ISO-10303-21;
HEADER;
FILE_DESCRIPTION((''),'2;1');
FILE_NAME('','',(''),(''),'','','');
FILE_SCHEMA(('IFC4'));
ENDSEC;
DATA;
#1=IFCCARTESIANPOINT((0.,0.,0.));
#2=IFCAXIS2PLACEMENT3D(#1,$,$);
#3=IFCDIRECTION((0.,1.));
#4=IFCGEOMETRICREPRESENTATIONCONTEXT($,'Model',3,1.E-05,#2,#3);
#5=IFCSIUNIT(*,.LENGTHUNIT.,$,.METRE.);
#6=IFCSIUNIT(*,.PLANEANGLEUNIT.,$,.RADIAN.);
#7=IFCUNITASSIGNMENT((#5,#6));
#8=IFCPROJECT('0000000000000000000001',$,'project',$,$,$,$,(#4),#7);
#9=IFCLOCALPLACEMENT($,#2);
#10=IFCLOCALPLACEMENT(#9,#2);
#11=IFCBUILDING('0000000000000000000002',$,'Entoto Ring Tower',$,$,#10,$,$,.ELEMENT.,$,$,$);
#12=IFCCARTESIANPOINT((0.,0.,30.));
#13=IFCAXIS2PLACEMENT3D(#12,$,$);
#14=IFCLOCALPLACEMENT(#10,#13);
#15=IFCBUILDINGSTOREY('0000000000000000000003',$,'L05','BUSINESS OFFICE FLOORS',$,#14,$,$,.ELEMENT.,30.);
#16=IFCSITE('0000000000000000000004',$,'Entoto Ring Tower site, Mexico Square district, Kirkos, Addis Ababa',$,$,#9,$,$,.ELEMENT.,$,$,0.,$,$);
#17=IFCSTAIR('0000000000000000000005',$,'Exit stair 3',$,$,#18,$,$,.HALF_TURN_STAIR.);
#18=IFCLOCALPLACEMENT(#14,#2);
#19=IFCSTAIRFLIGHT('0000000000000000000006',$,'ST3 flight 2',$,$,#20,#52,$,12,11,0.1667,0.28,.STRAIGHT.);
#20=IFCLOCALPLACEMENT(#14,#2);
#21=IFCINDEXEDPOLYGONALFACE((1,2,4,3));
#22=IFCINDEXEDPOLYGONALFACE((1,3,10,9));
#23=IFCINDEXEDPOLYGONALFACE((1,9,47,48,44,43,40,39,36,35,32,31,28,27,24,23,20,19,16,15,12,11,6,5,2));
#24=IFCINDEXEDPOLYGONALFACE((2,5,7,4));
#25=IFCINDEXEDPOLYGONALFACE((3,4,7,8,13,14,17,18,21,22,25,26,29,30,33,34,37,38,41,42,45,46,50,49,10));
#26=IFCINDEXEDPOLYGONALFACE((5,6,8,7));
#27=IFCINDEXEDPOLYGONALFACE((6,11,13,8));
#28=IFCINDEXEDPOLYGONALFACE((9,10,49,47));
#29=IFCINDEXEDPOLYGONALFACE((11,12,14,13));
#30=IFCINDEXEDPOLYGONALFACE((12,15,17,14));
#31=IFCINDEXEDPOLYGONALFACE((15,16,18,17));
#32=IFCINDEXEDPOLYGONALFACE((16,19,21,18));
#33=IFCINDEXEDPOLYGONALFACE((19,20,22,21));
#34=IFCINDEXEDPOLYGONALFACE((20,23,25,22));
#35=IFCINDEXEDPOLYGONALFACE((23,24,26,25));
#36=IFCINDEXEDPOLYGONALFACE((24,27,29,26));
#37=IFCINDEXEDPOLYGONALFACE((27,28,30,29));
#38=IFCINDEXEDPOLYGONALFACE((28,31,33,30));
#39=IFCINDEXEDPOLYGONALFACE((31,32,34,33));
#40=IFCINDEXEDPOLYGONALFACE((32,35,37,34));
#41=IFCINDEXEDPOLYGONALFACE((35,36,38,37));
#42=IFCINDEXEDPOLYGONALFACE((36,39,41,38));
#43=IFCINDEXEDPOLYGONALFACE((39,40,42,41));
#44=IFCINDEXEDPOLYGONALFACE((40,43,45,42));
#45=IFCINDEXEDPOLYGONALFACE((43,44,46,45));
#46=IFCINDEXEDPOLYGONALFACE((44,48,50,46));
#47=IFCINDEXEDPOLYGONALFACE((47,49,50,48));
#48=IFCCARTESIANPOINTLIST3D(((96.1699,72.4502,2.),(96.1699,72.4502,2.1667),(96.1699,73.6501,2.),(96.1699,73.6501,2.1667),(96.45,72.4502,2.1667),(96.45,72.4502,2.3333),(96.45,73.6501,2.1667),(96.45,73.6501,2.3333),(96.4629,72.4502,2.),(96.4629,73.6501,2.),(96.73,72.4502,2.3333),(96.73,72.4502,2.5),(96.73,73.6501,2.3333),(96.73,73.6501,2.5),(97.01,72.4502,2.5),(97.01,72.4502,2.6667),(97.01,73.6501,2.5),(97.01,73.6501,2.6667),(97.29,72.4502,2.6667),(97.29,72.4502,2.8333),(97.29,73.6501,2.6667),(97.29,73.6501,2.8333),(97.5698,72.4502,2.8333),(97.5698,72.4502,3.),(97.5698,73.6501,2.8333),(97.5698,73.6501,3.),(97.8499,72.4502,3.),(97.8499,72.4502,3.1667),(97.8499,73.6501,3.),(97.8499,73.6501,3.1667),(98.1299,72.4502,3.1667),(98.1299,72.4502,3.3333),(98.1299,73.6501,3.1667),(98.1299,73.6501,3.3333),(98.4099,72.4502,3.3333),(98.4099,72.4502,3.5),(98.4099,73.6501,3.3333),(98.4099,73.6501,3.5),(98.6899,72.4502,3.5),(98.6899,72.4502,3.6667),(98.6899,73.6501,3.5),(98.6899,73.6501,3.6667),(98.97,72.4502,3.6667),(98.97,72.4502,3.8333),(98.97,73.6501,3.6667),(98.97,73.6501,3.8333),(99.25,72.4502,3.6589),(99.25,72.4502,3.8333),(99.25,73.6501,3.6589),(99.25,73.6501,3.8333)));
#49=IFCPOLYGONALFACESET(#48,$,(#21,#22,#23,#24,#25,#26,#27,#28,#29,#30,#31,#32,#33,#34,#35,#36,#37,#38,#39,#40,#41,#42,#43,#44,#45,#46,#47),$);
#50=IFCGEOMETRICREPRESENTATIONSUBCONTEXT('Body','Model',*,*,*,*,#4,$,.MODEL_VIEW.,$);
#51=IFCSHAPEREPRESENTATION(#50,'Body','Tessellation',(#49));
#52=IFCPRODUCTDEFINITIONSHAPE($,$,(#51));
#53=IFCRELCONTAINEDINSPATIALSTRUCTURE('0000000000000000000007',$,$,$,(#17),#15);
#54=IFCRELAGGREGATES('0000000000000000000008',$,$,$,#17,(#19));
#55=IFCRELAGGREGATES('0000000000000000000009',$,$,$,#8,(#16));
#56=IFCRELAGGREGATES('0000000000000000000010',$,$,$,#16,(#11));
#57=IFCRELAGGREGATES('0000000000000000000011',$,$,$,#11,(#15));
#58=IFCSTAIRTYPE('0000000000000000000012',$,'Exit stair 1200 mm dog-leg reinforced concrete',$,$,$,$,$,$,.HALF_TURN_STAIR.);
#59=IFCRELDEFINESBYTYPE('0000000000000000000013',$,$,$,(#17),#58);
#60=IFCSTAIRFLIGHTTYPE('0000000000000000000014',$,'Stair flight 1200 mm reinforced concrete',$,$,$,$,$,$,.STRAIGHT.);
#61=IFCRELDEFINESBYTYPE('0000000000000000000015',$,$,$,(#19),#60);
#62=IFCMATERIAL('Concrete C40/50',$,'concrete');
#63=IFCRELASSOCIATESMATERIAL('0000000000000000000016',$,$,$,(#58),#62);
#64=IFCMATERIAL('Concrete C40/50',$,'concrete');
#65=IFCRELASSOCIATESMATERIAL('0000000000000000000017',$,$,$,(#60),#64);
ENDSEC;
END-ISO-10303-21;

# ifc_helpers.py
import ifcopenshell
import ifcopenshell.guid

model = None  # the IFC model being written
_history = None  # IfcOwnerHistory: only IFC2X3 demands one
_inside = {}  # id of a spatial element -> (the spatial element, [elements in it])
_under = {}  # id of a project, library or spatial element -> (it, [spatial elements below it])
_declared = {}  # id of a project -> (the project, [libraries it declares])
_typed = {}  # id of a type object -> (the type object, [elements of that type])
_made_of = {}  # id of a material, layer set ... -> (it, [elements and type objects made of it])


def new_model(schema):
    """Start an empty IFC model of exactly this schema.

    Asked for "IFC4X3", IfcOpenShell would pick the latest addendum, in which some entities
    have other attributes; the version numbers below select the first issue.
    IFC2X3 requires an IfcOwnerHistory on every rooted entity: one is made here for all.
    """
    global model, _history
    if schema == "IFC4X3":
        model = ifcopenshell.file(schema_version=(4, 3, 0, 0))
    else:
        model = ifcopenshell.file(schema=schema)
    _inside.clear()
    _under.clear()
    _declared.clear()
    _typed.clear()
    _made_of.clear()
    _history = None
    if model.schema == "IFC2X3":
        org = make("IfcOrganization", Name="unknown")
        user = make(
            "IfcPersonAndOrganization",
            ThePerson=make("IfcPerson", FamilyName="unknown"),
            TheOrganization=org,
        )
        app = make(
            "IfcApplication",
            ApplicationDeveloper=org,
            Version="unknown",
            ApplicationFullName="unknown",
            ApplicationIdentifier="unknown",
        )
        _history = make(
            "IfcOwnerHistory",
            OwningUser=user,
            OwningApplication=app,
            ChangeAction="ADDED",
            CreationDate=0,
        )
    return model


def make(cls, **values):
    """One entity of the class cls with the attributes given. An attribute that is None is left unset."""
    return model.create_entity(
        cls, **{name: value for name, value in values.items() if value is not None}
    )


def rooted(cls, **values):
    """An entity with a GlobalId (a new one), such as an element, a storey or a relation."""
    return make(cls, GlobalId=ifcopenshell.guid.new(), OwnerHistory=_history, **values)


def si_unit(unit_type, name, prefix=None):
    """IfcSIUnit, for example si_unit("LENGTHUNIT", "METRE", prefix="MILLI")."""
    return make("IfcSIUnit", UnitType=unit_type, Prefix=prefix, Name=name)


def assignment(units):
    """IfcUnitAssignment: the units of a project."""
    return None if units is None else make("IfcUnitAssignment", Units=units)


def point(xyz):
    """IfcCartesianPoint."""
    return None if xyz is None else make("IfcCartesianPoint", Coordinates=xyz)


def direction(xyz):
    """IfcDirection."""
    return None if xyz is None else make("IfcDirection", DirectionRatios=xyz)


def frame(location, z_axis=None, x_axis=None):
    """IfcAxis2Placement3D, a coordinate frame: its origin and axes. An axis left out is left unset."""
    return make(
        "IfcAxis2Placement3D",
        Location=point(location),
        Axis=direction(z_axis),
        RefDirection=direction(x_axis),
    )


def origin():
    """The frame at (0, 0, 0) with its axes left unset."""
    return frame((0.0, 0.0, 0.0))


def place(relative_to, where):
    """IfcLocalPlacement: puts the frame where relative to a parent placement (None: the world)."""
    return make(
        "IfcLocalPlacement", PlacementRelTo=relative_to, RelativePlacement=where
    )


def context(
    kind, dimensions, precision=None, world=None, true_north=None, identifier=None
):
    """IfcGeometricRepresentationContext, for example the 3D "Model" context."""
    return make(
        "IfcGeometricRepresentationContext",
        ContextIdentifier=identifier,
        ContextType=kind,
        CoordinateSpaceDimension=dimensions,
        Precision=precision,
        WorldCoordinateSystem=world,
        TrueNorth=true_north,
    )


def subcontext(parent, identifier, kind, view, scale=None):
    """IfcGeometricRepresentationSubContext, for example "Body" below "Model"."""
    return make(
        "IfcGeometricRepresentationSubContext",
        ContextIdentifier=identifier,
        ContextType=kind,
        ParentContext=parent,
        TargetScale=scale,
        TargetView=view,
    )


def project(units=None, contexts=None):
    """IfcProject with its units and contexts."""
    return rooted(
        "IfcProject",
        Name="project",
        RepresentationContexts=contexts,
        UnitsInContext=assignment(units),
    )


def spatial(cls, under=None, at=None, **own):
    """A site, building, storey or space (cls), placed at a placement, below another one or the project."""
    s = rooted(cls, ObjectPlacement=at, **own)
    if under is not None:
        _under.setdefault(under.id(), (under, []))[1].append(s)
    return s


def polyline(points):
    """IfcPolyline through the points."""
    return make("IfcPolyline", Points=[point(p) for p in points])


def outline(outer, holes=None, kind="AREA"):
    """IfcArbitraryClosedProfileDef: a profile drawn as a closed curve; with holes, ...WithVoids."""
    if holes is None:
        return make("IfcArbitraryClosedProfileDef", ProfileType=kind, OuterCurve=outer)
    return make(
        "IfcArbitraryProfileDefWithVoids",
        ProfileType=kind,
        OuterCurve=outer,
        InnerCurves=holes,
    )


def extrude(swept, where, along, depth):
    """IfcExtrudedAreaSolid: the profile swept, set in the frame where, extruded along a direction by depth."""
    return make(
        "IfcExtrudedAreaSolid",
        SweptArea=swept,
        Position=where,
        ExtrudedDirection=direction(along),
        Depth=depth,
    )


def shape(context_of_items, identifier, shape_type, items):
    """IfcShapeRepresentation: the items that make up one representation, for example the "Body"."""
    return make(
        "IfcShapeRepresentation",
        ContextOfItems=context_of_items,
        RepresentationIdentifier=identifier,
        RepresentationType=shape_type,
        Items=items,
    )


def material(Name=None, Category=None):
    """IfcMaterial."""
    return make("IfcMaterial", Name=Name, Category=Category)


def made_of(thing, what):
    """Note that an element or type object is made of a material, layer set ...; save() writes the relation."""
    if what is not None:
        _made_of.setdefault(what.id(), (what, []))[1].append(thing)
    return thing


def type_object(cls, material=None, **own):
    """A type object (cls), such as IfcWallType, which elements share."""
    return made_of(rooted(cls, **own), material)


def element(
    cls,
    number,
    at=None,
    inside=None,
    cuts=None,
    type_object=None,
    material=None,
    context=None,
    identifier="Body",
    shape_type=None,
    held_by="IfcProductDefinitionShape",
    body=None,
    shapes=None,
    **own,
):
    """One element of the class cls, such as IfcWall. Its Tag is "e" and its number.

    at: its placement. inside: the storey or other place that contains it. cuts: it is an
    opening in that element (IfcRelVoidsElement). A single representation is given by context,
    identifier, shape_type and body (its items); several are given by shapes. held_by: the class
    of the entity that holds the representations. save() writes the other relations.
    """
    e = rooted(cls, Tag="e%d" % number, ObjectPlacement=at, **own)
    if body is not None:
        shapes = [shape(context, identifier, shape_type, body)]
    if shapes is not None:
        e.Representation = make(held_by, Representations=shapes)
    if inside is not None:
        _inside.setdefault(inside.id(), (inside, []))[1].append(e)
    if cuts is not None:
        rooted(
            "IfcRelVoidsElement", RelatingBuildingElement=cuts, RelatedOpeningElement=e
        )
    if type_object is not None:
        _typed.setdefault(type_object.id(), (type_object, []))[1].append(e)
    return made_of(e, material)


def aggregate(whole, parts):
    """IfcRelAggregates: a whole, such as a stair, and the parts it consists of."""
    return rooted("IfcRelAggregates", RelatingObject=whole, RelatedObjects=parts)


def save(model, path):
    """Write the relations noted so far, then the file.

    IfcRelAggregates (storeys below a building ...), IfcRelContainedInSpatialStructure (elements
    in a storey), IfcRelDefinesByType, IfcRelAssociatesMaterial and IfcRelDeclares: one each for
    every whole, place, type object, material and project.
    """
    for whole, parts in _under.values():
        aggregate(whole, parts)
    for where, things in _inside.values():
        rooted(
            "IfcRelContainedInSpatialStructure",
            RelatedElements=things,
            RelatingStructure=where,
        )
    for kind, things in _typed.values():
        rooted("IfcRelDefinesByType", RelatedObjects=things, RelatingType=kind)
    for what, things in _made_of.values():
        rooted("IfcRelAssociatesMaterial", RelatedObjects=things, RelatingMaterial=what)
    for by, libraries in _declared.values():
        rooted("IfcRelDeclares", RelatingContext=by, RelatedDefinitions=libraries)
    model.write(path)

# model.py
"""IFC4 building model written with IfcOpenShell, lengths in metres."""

from ifc_helpers import new_model, si_unit, direction, frame, origin, place, context, subcontext, project, spatial, polyline, outline, extrude, material, type_object, element, aggregate, save


model = new_model("IFC4")

# Units and contexts
model_context = context("Model", 3, precision=1e-05, world=origin(), true_north=direction((0.0, 1.0)))
body_context = subcontext(model_context, "Body", "Model", "MODEL_VIEW")
ifc_project = project(units=[si_unit("LENGTHUNIT", "METRE"), si_unit("PLANEANGLEUNIT", "RADIAN")], contexts=[model_context])

# Site, building, storey
site_placement = place(None, origin())
site = spatial("IfcSite", under=ifc_project, at=site_placement, Name="Entoto Ring Tower site, Mexico Square district, Kirkos, Addis Ababa", CompositionType="ELEMENT", RefElevation=0.0)
building_placement = place(site_placement, origin())
building = spatial("IfcBuilding", under=site, at=building_placement, Name="Entoto Ring Tower", CompositionType="ELEMENT")
storey_placement = place(building_placement, frame((0.0, 0.0, 30.0)))
storey = spatial("IfcBuildingStorey", under=building, at=storey_placement, Name="L05", Description="BUSINESS OFFICE FLOORS", CompositionType="ELEMENT", Elevation=30.0)

# Stair, stair flight
ifc_material_1 = material(Name="Concrete C40/50", Category="concrete")
stair_type = type_object("IfcStairType", Name="Exit stair 1200 mm dog-leg reinforced concrete", PredefinedType="HALF_TURN_STAIR", material=ifc_material_1)
stair_placement = place(storey_placement, origin())
stair = element("IfcStair", 1, at=stair_placement, inside=storey, type_object=stair_type, Name="Exit stair 3", PredefinedType="HALF_TURN_STAIR")
ifc_material_2 = material(Name="Concrete C40/50", Category="concrete")
stair_flight_type = type_object("IfcStairFlightType", Name="Stair flight 1200 mm reinforced concrete", PredefinedType="STRAIGHT", material=ifc_material_2)
stair_flight_placement = place(storey_placement, frame((96.1699, 73.05, 2.0), z_axis=(0.0, 0.0, 1.0), x_axis=(1.0, 0.0, 0.0)))
stair_flight = element("IfcStairFlight", 2, at=stair_flight_placement, type_object=stair_flight_type, Name="ST3 flight 2", NumberOfRisers=12, NumberOfTreads=11, PredefinedType="STRAIGHT", RiserHeight=0.1667, TreadLength=0.28, context=body_context, shape_type="SweptSolid", body=[
    extrude(outline(polyline([(0.0, 0.0), (0.0, 0.1667), (0.28, 0.1667), (0.28, 0.3333), (0.5601, 0.3333), (0.5601, 0.5), (0.8401, 0.5), (0.8401, 0.6667), (1.1201, 0.6667), (1.1201, 0.8333), (1.3999, 0.8333), (1.3999, 1.0), (1.6799, 1.0), (1.6799, 1.1667), (1.96, 1.1667), (1.96, 1.3333), (2.24, 1.3333), (2.24, 1.5), (2.52, 1.5), (2.52, 1.6667), (2.8, 1.6667), (2.8, 1.8333), (3.0801, 1.8333), (3.0801, 2.0), (3.0801, 1.6589), (0.293, 0.0), (0.0, 0.0)])), frame((0.0, 0.6001, 0.0), z_axis=(0.0, -1.0, 0.0), x_axis=(1.0, 0.0, 0.0)), (0.0, 0.0, 1.0), 1.2),
])
aggregate(stair, [stair_flight])

save(model, "model.ifc")
